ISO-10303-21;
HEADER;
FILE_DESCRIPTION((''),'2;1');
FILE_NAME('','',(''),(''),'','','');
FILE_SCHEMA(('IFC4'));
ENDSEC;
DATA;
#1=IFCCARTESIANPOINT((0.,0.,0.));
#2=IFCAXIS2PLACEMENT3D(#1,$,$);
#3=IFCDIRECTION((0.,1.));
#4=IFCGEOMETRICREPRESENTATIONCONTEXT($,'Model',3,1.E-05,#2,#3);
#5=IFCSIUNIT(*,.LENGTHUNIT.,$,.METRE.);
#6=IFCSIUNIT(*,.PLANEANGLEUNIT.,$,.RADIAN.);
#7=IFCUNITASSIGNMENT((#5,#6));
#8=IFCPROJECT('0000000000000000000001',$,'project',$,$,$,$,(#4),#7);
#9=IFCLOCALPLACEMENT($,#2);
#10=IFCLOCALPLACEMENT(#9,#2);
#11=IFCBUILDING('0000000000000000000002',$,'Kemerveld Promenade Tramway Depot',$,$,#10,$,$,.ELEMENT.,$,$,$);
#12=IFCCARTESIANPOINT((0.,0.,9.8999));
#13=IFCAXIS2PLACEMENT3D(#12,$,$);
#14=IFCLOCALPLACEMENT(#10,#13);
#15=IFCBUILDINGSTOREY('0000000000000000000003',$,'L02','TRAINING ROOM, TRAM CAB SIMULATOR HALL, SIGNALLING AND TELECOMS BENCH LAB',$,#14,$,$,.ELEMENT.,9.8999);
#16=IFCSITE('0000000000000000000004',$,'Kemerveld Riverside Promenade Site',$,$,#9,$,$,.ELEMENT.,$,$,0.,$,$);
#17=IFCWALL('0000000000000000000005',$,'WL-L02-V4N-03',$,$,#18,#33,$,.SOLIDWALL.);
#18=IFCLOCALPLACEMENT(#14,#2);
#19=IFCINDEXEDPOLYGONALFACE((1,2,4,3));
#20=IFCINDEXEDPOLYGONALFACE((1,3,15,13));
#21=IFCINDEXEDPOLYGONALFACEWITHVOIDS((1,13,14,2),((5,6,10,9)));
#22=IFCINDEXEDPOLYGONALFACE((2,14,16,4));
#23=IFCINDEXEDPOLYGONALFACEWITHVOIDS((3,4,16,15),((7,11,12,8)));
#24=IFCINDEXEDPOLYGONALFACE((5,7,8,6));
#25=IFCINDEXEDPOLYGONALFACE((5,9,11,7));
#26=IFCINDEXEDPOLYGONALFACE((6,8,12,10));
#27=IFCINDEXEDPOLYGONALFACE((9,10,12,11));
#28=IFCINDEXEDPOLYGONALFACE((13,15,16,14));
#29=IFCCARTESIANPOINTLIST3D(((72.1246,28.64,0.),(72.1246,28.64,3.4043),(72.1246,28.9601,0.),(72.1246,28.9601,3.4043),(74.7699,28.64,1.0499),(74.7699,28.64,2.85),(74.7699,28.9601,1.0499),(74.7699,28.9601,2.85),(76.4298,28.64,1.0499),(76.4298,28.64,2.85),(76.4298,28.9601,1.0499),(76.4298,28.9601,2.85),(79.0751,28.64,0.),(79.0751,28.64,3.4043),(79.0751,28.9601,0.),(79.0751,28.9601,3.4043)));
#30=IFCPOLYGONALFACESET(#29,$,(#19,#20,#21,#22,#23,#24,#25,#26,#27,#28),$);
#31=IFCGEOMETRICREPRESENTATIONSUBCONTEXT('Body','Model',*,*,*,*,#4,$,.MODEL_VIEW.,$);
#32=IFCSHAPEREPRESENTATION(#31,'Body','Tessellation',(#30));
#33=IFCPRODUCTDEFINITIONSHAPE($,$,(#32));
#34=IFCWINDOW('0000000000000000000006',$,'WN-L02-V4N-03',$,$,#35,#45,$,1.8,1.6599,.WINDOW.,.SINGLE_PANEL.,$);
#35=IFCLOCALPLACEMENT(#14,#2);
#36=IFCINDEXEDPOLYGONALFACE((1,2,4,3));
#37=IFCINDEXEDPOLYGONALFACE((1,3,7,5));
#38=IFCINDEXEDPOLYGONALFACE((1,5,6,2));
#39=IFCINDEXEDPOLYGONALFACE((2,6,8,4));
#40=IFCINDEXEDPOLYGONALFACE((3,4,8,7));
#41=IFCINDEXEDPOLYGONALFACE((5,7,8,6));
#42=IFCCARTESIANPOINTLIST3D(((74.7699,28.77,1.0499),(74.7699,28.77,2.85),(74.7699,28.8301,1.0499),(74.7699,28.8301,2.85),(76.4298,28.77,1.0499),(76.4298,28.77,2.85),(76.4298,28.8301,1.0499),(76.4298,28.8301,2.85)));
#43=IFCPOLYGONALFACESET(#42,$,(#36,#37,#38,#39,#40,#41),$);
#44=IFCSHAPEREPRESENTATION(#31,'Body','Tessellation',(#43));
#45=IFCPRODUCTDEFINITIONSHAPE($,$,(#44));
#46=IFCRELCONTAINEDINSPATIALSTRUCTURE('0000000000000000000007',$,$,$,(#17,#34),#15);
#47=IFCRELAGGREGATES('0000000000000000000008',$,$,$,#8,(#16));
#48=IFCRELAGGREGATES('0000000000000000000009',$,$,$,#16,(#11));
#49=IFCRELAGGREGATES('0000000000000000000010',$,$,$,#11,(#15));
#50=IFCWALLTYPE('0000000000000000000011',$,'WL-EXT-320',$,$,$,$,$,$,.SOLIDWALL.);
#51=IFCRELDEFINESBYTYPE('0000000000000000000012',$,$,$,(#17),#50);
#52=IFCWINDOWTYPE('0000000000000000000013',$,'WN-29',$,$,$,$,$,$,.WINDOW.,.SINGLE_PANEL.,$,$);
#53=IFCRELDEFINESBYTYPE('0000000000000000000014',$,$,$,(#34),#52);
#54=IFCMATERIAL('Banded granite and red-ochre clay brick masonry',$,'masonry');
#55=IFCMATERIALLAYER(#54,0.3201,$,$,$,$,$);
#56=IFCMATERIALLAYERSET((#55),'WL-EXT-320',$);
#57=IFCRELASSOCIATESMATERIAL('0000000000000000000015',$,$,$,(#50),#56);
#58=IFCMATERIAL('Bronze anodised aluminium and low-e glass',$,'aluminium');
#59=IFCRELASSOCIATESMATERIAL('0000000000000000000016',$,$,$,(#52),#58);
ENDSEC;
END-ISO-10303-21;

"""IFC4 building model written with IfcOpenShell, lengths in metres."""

from ifc_helpers import new_model, si_unit, direction, frame, frame_2d, origin, place, context, subcontext, project, spatial, rectangle, extrude, material, layer, layer_set, type_object, element, fill, save


model = new_model("IFC4")

# Units and contexts
model_context = context("Model", 3, precision=1e-05, world=origin(), true_north=direction((0.0, 1.0)))
body_context = subcontext(model_context, "Body", "Model", "MODEL_VIEW")
ifc_project = project(units=[si_unit("LENGTHUNIT", "METRE"), si_unit("PLANEANGLEUNIT", "RADIAN")], contexts=[model_context])

# Site, building, storey
site_placement = place(None, origin())
site = spatial("IfcSite", under=ifc_project, at=site_placement, Name="Kemerveld Riverside Promenade Site", CompositionType="ELEMENT", RefElevation=0.0)
building_placement = place(site_placement, origin())
building = spatial("IfcBuilding", under=site, at=building_placement, Name="Kemerveld Promenade Tramway Depot", CompositionType="ELEMENT")
storey_placement = place(building_placement, frame((0.0, 0.0, 9.8999)))
storey = spatial("IfcBuildingStorey", under=building, at=storey_placement, Name="L02", Description="TRAINING ROOM, TRAM CAB SIMULATOR HALL, SIGNALLING AND TELECOMS BENCH LAB", CompositionType="ELEMENT", Elevation=9.8999)

# Wall, opening, window
ifc_material_1 = material(Name="Banded granite and red-ochre clay brick masonry", Category="masonry")
ifc_layer_1 = layer(ifc_material_1, 0.3201)
ifc_layer_set_1 = layer_set([ifc_layer_1], Name="WL-EXT-320")
wall_type = type_object("IfcWallType", Name="WL-EXT-320", PredefinedType="SOLIDWALL", material=ifc_layer_set_1)
wall_placement = place(storey_placement, frame((72.1248, 28.8, 0.0), z_axis=(0.0, 0.0, 1.0), x_axis=(1.0, 0.0, 0.0)))
wall = element("IfcWall", 1, at=wall_placement, inside=storey, type_object=wall_type, Name="WL-L02-V4N-03", PredefinedType="SOLIDWALL", context=body_context, shape_type="SweptSolid", body=[
    extrude(rectangle(XDim=6.9504, YDim=0.3201, at=frame_2d((3.4751, 0.0))), origin(), (0.0, 0.0, 1.0), 3.4043),
])
opening_placement = place(wall_placement, frame((2.645, 0.0, 1.05)))
opening = element("IfcOpeningElement", 2, at=opening_placement, cuts=wall, PredefinedType="OPENING", context=body_context, shape_type="SweptSolid", body=[
    extrude(rectangle(XDim=1.6599, YDim=1.8, at=frame_2d((0.8301, 0.8999))), frame((0.0, 0.1699, 0.0), z_axis=(0.0, -1.0, 0.0), x_axis=(1.0, 0.0, 0.0)), (0.0, 0.0, 1.0), 0.3401),
])
ifc_material_2 = material(Name="Bronze anodised aluminium and low-e glass", Category="aluminium")
window_type = type_object("IfcWindowType", Name="WN-29", PartitioningType="SINGLE_PANEL", PredefinedType="WINDOW", material=ifc_material_2)
window_placement = place(opening_placement, origin())
window = element("IfcWindow", 3, at=window_placement, inside=storey, type_object=window_type, Name="WN-L02-V4N-03", OverallHeight=1.8, OverallWidth=1.6599, PartitioningType="SINGLE_PANEL", PredefinedType="WINDOW", context=body_context, shape_type="SweptSolid", body=[
    extrude(rectangle(XDim=1.6599, YDim=1.8, at=frame_2d((0.8301, 0.8999))), frame((0.0, 0.03, 0.0), z_axis=(0.0, -1.0, 0.0), x_axis=(1.0, 0.0, 0.0)), (0.0, 0.0, 1.0), 0.0601),
])
fill(opening, window)

save(model, "model.ifc")
